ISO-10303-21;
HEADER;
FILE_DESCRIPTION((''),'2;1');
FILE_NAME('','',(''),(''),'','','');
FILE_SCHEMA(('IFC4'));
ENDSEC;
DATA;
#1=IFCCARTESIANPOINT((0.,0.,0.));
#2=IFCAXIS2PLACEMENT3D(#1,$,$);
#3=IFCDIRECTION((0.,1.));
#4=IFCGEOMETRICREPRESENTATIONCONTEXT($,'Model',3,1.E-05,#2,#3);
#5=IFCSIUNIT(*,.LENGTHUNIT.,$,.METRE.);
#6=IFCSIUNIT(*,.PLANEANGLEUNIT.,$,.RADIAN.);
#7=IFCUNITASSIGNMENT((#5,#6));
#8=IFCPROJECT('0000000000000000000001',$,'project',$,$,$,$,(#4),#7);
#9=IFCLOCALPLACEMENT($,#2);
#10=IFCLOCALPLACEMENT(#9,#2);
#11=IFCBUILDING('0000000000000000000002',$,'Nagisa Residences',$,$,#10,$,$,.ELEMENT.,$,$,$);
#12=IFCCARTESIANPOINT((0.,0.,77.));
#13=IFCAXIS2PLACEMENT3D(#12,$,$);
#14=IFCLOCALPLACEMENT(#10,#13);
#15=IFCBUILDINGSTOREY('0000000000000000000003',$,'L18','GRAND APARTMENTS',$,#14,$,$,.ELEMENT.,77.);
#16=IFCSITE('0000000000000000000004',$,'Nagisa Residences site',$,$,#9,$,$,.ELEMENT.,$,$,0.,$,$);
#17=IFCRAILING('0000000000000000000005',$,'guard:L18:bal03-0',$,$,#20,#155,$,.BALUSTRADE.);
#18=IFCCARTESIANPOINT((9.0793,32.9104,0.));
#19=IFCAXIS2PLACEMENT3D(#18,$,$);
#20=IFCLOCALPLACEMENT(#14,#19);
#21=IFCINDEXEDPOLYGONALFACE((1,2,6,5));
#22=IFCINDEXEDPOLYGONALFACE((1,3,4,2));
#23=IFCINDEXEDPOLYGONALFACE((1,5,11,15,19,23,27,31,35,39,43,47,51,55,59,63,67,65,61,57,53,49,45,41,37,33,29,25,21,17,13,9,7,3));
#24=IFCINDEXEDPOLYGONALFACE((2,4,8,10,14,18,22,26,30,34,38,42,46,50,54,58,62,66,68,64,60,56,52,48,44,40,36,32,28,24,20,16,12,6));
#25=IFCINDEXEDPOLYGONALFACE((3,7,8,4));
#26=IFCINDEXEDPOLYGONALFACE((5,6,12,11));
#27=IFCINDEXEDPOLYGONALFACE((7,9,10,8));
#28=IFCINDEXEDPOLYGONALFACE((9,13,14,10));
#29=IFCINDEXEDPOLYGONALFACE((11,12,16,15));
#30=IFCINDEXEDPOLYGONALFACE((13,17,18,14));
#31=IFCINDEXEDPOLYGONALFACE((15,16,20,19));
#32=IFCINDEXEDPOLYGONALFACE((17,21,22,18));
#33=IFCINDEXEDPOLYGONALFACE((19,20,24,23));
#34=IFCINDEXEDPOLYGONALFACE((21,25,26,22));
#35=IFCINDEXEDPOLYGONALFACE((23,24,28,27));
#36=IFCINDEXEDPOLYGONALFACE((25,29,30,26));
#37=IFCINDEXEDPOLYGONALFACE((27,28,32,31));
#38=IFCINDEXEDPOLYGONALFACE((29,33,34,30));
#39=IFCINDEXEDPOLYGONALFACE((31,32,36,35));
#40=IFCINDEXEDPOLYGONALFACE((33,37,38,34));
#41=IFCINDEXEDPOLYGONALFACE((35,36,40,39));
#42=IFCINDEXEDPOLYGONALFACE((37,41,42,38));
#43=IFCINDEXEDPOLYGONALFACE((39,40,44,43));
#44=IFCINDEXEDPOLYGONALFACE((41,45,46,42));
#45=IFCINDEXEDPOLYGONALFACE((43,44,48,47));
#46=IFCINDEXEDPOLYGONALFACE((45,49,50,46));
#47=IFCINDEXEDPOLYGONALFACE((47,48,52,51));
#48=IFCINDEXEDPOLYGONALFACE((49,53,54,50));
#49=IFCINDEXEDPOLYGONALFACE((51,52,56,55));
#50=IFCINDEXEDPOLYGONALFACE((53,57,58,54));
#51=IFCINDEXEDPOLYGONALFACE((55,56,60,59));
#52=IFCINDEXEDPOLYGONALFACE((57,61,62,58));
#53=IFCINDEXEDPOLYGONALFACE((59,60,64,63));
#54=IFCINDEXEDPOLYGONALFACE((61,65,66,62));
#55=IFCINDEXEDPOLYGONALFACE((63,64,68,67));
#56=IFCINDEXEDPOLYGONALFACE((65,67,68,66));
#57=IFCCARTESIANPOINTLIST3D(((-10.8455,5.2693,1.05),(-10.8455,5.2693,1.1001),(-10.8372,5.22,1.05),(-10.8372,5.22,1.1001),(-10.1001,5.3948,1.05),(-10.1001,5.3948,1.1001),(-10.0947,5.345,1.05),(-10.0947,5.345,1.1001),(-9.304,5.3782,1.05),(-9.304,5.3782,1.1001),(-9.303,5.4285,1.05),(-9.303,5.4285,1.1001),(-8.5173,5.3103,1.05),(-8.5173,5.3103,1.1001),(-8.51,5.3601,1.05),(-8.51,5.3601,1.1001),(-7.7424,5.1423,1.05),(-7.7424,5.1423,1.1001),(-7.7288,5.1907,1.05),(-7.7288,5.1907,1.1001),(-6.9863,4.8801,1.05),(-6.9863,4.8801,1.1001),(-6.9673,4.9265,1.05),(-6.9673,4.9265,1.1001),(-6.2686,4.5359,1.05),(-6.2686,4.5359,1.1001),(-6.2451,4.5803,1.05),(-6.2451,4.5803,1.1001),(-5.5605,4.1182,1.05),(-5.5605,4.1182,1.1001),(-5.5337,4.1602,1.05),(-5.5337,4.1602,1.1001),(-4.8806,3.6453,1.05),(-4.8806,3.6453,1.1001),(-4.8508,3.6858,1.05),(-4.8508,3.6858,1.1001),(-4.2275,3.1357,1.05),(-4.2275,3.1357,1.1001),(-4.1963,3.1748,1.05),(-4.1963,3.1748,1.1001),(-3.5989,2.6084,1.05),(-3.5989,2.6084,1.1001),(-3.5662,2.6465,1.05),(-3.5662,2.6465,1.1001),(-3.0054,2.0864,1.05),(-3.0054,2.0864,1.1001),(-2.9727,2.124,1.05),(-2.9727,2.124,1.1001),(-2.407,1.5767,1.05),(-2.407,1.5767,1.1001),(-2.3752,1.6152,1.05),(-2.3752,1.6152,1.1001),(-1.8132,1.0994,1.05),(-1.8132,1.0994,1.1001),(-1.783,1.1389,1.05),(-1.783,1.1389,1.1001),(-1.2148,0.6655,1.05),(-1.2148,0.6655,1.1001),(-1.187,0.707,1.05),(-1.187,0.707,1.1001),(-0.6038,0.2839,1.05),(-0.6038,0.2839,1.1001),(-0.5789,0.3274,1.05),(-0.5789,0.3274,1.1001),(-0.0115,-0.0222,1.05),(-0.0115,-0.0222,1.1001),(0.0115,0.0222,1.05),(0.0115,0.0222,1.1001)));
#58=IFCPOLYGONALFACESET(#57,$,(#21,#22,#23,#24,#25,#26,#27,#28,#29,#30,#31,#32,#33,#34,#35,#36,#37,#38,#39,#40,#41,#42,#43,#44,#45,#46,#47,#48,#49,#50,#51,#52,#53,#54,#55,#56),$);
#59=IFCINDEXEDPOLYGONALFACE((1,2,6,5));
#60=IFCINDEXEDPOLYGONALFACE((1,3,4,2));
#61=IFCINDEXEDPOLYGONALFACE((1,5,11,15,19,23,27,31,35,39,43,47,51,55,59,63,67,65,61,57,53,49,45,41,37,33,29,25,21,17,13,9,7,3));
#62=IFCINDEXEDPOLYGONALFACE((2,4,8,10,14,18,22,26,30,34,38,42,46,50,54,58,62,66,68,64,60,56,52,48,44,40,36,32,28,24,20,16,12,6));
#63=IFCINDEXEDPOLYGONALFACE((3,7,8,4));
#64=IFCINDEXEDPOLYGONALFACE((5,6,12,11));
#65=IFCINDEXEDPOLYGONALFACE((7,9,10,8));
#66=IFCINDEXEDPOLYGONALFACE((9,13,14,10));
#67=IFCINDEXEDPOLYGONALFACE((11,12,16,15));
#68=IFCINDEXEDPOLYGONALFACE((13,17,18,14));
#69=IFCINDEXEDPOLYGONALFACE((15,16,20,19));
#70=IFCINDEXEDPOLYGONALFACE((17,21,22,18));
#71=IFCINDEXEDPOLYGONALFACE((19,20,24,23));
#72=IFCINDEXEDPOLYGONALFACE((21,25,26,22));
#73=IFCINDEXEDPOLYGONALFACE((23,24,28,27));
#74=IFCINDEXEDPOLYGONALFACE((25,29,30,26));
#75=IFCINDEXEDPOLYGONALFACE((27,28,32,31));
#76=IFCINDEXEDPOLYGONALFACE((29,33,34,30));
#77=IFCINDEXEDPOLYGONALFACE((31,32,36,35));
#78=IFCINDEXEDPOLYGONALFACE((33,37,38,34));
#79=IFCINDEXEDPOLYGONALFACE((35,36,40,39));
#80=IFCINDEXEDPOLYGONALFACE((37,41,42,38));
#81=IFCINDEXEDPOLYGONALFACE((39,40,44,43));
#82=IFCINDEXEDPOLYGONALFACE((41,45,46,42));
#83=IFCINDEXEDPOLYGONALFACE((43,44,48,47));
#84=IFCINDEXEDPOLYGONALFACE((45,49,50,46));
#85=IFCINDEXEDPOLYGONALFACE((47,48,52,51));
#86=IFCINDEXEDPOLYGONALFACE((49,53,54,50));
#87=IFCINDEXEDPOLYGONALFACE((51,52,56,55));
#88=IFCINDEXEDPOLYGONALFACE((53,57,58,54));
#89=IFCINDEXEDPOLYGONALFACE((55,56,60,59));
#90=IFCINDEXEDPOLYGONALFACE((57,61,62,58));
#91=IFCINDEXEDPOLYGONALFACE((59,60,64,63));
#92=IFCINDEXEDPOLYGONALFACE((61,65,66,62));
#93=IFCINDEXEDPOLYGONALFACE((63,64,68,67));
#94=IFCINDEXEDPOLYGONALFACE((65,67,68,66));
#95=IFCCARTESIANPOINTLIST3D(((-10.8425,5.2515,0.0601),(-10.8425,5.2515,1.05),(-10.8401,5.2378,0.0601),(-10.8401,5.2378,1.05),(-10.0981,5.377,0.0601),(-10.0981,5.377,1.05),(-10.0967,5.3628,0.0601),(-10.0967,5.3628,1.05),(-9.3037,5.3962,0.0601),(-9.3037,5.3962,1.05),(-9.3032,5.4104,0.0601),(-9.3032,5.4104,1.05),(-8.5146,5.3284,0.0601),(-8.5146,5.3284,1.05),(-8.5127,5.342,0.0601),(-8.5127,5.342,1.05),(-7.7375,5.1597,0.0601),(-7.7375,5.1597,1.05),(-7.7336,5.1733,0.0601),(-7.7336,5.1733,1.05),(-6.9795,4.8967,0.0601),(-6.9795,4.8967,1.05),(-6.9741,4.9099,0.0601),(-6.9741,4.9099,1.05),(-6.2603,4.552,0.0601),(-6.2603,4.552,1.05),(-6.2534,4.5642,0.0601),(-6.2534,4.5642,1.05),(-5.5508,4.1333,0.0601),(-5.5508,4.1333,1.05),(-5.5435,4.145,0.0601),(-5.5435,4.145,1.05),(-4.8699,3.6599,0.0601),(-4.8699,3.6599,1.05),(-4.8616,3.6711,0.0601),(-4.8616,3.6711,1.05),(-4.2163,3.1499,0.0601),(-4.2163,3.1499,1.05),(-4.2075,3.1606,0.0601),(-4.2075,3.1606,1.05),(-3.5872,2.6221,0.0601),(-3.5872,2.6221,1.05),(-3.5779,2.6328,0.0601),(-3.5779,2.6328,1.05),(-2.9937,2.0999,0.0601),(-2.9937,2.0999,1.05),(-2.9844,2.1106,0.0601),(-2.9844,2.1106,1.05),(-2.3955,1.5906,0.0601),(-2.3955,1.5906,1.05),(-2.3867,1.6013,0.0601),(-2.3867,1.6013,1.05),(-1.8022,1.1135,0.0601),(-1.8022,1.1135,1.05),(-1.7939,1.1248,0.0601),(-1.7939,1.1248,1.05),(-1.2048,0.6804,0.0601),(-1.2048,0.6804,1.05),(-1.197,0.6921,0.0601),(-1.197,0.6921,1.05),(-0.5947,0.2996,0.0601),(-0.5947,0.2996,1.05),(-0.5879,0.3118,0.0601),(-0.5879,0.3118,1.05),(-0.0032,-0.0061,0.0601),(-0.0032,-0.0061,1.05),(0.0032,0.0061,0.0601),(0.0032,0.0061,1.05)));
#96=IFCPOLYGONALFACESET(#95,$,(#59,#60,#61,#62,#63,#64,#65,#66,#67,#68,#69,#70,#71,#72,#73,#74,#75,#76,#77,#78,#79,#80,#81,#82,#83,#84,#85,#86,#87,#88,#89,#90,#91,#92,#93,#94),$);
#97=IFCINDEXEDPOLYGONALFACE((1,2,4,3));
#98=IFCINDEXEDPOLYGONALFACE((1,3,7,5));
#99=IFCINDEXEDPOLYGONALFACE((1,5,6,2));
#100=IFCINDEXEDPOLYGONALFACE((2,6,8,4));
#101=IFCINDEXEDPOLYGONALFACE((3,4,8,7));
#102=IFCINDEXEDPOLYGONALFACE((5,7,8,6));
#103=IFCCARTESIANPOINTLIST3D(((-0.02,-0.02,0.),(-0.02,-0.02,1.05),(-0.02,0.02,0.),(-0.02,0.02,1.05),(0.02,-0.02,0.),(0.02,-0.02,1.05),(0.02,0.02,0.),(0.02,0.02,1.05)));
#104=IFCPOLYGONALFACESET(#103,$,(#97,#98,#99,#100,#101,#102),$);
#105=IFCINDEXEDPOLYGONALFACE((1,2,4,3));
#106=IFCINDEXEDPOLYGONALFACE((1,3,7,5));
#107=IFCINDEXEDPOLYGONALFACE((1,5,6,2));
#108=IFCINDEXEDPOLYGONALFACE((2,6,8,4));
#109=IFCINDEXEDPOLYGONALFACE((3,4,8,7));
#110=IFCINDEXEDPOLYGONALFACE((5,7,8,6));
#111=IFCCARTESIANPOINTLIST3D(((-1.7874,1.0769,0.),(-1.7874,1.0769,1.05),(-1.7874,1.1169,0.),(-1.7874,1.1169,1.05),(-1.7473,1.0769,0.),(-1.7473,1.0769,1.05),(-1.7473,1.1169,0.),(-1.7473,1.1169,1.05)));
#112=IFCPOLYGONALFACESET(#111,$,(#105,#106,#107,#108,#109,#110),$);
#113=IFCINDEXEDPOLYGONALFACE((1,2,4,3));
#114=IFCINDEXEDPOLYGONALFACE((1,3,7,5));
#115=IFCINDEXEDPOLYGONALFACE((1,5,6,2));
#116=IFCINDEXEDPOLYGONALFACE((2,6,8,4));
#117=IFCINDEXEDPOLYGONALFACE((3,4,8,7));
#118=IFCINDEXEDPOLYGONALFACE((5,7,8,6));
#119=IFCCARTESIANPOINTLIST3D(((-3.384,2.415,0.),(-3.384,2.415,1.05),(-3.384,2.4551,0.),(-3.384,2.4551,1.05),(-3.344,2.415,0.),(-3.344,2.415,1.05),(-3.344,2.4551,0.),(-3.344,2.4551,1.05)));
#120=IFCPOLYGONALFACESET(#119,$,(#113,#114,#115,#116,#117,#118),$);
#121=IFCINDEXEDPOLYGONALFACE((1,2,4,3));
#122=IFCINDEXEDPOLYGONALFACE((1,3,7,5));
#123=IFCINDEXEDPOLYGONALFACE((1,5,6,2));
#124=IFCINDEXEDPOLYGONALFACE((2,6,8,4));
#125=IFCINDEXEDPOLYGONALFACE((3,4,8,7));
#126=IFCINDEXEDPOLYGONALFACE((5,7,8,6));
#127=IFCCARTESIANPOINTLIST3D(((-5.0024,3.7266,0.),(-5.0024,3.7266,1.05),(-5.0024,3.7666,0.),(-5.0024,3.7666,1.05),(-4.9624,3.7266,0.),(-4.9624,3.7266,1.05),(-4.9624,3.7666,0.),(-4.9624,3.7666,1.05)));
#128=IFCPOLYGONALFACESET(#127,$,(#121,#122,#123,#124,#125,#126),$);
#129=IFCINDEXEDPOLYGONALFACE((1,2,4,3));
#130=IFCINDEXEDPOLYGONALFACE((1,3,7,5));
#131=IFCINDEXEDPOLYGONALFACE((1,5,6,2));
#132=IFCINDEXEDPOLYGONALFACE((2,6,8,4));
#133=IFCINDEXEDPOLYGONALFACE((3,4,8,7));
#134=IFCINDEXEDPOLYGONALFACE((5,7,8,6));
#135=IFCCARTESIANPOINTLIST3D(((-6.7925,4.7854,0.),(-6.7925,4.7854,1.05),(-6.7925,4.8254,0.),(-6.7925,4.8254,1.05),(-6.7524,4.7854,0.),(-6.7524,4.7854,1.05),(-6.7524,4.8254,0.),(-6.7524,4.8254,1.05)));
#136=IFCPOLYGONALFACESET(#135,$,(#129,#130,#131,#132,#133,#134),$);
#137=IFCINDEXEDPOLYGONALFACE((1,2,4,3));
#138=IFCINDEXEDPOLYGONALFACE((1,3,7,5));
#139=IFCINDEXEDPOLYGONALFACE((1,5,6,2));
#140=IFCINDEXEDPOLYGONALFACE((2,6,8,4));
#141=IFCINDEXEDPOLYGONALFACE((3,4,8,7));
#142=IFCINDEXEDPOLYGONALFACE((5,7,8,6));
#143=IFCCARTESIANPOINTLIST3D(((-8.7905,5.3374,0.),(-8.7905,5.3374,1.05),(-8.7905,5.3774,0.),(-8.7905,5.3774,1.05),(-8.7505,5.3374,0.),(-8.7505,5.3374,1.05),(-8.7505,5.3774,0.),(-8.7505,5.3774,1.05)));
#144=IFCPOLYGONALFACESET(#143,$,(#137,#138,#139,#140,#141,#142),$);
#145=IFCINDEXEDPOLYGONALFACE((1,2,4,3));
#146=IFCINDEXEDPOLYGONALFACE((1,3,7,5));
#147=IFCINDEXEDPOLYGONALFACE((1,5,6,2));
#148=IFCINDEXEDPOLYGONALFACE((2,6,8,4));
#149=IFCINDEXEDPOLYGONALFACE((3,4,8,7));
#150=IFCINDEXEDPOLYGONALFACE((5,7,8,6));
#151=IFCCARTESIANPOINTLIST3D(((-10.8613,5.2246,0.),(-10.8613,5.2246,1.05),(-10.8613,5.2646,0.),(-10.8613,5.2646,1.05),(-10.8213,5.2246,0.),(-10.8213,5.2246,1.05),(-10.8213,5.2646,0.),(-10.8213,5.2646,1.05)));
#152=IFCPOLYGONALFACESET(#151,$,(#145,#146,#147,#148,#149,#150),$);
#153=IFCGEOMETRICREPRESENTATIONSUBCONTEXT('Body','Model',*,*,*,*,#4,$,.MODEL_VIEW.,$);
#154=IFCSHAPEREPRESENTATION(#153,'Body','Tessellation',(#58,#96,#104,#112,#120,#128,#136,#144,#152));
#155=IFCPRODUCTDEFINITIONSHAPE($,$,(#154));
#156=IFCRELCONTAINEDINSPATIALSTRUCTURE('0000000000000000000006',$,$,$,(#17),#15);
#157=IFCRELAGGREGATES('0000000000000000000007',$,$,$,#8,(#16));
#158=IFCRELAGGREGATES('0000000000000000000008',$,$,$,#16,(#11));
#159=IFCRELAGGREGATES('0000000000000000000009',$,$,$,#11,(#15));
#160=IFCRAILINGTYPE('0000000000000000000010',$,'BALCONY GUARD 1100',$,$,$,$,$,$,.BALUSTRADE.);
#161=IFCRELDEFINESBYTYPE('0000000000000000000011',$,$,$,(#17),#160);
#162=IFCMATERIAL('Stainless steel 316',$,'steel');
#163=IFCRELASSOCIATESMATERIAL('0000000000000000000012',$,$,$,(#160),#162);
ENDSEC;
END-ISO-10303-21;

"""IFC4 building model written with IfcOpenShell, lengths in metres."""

from ifc_helpers import new_model, si_unit, direction, frame, origin, origin_2d, place, context, subcontext, project, spatial, polyline, rectangle, outline, extrude, material, type_object, element, save


model = new_model("IFC4")

# Units and contexts
model_context = context("Model", 3, precision=1e-05, world=origin(), true_north=direction((0.0, 1.0)))
body_context = subcontext(model_context, "Body", "Model", "MODEL_VIEW")
ifc_project = project(units=[si_unit("LENGTHUNIT", "METRE"), si_unit("PLANEANGLEUNIT", "RADIAN")], contexts=[model_context])

# Site, building, storey
site_placement = place(None, origin())
site = spatial("IfcSite", under=ifc_project, at=site_placement, Name="Nagisa Residences site", CompositionType="ELEMENT", RefElevation=0.0)
building_placement = place(site_placement, origin())
building = spatial("IfcBuilding", under=site, at=building_placement, Name="Nagisa Residences", CompositionType="ELEMENT")
storey_placement = place(building_placement, frame((0.0, 0.0, 77.0)))
storey = spatial("IfcBuildingStorey", under=building, at=storey_placement, Name="L18", Description="GRAND APARTMENTS", CompositionType="ELEMENT", Elevation=77.0)

# Railing
ifc_material_1 = material(Name="Stainless steel 316", Category="steel")
railing_type = type_object("IfcRailingType", Name="BALCONY GUARD 1100", PredefinedType="BALUSTRADE", material=ifc_material_1)
railing_placement = place(storey_placement, frame((9.0793, 32.9104, 0.0)))
element("IfcRailing", 1, at=railing_placement, inside=storey, type_object=railing_type, Name="guard:L18:bal03-0", PredefinedType="BALUSTRADE", context=body_context, shape_type="SweptSolid", body=[
    extrude(outline(polyline([(-0.6038, 0.2839), (-0.0115, -0.0222), (0.0115, 0.0222), (-0.5789, 0.3274), (-1.187, 0.707), (-1.783, 1.1389), (-2.3752, 1.6152), (-2.9727, 2.124), (-3.5662, 2.6465), (-4.1963, 3.1748), (-4.8508, 3.6858), (-5.5337, 4.1602), (-6.2451, 4.5803), (-6.9673, 4.9265), (-7.7288, 5.1907), (-8.51, 5.3601), (-9.303, 5.4285), (-10.1001, 5.3948), (-10.8455, 5.2693), (-10.8372, 5.22), (-10.0947, 5.345), (-9.304, 5.3782), (-8.5173, 5.3103), (-7.7424, 5.1423), (-6.9863, 4.8801), (-6.2686, 4.5359), (-5.5605, 4.1182), (-4.8806, 3.6453), (-4.2275, 3.1357), (-3.5989, 2.6084), (-3.0054, 2.0864), (-2.407, 1.5767), (-1.8132, 1.0994), (-1.2148, 0.6655), (-0.6038, 0.2839)])), frame((0.0, 0.0, 1.05)), (0.0, 0.0, 1.0), 0.05),
    extrude(outline(polyline([(-0.5947, 0.2996), (-0.0032, -0.0061), (0.0032, 0.0061), (-0.5879, 0.3118), (-1.197, 0.6921), (-1.7939, 1.1248), (-2.3867, 1.6013), (-2.9844, 2.1106), (-3.5779, 2.6328), (-4.2075, 3.1606), (-4.8616, 3.6711), (-5.5435, 4.145), (-6.2534, 4.5642), (-6.9741, 4.9099), (-7.7336, 5.1733), (-8.5127, 5.342), (-9.3032, 5.4104), (-10.0981, 5.377), (-10.8425, 5.2515), (-10.8401, 5.2378), (-10.0967, 5.3628), (-9.3037, 5.3962), (-8.5146, 5.3284), (-7.7375, 5.1597), (-6.9795, 4.8967), (-6.2603, 4.552), (-5.5508, 4.1333), (-4.8699, 3.6599), (-4.2163, 3.1499), (-3.5872, 2.6221), (-2.9937, 2.0999), (-2.3955, 1.5906), (-1.8022, 1.1135), (-1.2048, 0.6804), (-0.5947, 0.2996)])), frame((0.0, 0.0, 0.0601)), (0.0, 0.0, 1.0), 0.99),
    extrude(rectangle(XDim=0.04, YDim=0.04, at=origin_2d()), origin(), (0.0, 0.0, 1.0), 1.05),
    extrude(rectangle(XDim=0.04, YDim=0.04, at=origin_2d()), frame((-1.7673, 1.0969, 0.0)), (0.0, 0.0, 1.0), 1.05),
    extrude(rectangle(XDim=0.04, YDim=0.04, at=origin_2d()), frame((-3.364, 2.4351, 0.0)), (0.0, 0.0, 1.0), 1.05),
    extrude(rectangle(XDim=0.04, YDim=0.04, at=origin_2d()), frame((-4.9824, 3.7466, 0.0)), (0.0, 0.0, 1.0), 1.05),
    extrude(rectangle(XDim=0.04, YDim=0.04, at=origin_2d()), frame((-6.7725, 4.8054, 0.0)), (0.0, 0.0, 1.0), 1.05),
    extrude(rectangle(XDim=0.04, YDim=0.04, at=origin_2d()), frame((-8.7705, 5.3574, 0.0)), (0.0, 0.0, 1.0), 1.05),
    extrude(rectangle(XDim=0.04, YDim=0.04, at=origin_2d()), frame((-10.8413, 5.2446, 0.0)), (0.0, 0.0, 1.0), 1.05),
])

save(model, "model.ifc")
